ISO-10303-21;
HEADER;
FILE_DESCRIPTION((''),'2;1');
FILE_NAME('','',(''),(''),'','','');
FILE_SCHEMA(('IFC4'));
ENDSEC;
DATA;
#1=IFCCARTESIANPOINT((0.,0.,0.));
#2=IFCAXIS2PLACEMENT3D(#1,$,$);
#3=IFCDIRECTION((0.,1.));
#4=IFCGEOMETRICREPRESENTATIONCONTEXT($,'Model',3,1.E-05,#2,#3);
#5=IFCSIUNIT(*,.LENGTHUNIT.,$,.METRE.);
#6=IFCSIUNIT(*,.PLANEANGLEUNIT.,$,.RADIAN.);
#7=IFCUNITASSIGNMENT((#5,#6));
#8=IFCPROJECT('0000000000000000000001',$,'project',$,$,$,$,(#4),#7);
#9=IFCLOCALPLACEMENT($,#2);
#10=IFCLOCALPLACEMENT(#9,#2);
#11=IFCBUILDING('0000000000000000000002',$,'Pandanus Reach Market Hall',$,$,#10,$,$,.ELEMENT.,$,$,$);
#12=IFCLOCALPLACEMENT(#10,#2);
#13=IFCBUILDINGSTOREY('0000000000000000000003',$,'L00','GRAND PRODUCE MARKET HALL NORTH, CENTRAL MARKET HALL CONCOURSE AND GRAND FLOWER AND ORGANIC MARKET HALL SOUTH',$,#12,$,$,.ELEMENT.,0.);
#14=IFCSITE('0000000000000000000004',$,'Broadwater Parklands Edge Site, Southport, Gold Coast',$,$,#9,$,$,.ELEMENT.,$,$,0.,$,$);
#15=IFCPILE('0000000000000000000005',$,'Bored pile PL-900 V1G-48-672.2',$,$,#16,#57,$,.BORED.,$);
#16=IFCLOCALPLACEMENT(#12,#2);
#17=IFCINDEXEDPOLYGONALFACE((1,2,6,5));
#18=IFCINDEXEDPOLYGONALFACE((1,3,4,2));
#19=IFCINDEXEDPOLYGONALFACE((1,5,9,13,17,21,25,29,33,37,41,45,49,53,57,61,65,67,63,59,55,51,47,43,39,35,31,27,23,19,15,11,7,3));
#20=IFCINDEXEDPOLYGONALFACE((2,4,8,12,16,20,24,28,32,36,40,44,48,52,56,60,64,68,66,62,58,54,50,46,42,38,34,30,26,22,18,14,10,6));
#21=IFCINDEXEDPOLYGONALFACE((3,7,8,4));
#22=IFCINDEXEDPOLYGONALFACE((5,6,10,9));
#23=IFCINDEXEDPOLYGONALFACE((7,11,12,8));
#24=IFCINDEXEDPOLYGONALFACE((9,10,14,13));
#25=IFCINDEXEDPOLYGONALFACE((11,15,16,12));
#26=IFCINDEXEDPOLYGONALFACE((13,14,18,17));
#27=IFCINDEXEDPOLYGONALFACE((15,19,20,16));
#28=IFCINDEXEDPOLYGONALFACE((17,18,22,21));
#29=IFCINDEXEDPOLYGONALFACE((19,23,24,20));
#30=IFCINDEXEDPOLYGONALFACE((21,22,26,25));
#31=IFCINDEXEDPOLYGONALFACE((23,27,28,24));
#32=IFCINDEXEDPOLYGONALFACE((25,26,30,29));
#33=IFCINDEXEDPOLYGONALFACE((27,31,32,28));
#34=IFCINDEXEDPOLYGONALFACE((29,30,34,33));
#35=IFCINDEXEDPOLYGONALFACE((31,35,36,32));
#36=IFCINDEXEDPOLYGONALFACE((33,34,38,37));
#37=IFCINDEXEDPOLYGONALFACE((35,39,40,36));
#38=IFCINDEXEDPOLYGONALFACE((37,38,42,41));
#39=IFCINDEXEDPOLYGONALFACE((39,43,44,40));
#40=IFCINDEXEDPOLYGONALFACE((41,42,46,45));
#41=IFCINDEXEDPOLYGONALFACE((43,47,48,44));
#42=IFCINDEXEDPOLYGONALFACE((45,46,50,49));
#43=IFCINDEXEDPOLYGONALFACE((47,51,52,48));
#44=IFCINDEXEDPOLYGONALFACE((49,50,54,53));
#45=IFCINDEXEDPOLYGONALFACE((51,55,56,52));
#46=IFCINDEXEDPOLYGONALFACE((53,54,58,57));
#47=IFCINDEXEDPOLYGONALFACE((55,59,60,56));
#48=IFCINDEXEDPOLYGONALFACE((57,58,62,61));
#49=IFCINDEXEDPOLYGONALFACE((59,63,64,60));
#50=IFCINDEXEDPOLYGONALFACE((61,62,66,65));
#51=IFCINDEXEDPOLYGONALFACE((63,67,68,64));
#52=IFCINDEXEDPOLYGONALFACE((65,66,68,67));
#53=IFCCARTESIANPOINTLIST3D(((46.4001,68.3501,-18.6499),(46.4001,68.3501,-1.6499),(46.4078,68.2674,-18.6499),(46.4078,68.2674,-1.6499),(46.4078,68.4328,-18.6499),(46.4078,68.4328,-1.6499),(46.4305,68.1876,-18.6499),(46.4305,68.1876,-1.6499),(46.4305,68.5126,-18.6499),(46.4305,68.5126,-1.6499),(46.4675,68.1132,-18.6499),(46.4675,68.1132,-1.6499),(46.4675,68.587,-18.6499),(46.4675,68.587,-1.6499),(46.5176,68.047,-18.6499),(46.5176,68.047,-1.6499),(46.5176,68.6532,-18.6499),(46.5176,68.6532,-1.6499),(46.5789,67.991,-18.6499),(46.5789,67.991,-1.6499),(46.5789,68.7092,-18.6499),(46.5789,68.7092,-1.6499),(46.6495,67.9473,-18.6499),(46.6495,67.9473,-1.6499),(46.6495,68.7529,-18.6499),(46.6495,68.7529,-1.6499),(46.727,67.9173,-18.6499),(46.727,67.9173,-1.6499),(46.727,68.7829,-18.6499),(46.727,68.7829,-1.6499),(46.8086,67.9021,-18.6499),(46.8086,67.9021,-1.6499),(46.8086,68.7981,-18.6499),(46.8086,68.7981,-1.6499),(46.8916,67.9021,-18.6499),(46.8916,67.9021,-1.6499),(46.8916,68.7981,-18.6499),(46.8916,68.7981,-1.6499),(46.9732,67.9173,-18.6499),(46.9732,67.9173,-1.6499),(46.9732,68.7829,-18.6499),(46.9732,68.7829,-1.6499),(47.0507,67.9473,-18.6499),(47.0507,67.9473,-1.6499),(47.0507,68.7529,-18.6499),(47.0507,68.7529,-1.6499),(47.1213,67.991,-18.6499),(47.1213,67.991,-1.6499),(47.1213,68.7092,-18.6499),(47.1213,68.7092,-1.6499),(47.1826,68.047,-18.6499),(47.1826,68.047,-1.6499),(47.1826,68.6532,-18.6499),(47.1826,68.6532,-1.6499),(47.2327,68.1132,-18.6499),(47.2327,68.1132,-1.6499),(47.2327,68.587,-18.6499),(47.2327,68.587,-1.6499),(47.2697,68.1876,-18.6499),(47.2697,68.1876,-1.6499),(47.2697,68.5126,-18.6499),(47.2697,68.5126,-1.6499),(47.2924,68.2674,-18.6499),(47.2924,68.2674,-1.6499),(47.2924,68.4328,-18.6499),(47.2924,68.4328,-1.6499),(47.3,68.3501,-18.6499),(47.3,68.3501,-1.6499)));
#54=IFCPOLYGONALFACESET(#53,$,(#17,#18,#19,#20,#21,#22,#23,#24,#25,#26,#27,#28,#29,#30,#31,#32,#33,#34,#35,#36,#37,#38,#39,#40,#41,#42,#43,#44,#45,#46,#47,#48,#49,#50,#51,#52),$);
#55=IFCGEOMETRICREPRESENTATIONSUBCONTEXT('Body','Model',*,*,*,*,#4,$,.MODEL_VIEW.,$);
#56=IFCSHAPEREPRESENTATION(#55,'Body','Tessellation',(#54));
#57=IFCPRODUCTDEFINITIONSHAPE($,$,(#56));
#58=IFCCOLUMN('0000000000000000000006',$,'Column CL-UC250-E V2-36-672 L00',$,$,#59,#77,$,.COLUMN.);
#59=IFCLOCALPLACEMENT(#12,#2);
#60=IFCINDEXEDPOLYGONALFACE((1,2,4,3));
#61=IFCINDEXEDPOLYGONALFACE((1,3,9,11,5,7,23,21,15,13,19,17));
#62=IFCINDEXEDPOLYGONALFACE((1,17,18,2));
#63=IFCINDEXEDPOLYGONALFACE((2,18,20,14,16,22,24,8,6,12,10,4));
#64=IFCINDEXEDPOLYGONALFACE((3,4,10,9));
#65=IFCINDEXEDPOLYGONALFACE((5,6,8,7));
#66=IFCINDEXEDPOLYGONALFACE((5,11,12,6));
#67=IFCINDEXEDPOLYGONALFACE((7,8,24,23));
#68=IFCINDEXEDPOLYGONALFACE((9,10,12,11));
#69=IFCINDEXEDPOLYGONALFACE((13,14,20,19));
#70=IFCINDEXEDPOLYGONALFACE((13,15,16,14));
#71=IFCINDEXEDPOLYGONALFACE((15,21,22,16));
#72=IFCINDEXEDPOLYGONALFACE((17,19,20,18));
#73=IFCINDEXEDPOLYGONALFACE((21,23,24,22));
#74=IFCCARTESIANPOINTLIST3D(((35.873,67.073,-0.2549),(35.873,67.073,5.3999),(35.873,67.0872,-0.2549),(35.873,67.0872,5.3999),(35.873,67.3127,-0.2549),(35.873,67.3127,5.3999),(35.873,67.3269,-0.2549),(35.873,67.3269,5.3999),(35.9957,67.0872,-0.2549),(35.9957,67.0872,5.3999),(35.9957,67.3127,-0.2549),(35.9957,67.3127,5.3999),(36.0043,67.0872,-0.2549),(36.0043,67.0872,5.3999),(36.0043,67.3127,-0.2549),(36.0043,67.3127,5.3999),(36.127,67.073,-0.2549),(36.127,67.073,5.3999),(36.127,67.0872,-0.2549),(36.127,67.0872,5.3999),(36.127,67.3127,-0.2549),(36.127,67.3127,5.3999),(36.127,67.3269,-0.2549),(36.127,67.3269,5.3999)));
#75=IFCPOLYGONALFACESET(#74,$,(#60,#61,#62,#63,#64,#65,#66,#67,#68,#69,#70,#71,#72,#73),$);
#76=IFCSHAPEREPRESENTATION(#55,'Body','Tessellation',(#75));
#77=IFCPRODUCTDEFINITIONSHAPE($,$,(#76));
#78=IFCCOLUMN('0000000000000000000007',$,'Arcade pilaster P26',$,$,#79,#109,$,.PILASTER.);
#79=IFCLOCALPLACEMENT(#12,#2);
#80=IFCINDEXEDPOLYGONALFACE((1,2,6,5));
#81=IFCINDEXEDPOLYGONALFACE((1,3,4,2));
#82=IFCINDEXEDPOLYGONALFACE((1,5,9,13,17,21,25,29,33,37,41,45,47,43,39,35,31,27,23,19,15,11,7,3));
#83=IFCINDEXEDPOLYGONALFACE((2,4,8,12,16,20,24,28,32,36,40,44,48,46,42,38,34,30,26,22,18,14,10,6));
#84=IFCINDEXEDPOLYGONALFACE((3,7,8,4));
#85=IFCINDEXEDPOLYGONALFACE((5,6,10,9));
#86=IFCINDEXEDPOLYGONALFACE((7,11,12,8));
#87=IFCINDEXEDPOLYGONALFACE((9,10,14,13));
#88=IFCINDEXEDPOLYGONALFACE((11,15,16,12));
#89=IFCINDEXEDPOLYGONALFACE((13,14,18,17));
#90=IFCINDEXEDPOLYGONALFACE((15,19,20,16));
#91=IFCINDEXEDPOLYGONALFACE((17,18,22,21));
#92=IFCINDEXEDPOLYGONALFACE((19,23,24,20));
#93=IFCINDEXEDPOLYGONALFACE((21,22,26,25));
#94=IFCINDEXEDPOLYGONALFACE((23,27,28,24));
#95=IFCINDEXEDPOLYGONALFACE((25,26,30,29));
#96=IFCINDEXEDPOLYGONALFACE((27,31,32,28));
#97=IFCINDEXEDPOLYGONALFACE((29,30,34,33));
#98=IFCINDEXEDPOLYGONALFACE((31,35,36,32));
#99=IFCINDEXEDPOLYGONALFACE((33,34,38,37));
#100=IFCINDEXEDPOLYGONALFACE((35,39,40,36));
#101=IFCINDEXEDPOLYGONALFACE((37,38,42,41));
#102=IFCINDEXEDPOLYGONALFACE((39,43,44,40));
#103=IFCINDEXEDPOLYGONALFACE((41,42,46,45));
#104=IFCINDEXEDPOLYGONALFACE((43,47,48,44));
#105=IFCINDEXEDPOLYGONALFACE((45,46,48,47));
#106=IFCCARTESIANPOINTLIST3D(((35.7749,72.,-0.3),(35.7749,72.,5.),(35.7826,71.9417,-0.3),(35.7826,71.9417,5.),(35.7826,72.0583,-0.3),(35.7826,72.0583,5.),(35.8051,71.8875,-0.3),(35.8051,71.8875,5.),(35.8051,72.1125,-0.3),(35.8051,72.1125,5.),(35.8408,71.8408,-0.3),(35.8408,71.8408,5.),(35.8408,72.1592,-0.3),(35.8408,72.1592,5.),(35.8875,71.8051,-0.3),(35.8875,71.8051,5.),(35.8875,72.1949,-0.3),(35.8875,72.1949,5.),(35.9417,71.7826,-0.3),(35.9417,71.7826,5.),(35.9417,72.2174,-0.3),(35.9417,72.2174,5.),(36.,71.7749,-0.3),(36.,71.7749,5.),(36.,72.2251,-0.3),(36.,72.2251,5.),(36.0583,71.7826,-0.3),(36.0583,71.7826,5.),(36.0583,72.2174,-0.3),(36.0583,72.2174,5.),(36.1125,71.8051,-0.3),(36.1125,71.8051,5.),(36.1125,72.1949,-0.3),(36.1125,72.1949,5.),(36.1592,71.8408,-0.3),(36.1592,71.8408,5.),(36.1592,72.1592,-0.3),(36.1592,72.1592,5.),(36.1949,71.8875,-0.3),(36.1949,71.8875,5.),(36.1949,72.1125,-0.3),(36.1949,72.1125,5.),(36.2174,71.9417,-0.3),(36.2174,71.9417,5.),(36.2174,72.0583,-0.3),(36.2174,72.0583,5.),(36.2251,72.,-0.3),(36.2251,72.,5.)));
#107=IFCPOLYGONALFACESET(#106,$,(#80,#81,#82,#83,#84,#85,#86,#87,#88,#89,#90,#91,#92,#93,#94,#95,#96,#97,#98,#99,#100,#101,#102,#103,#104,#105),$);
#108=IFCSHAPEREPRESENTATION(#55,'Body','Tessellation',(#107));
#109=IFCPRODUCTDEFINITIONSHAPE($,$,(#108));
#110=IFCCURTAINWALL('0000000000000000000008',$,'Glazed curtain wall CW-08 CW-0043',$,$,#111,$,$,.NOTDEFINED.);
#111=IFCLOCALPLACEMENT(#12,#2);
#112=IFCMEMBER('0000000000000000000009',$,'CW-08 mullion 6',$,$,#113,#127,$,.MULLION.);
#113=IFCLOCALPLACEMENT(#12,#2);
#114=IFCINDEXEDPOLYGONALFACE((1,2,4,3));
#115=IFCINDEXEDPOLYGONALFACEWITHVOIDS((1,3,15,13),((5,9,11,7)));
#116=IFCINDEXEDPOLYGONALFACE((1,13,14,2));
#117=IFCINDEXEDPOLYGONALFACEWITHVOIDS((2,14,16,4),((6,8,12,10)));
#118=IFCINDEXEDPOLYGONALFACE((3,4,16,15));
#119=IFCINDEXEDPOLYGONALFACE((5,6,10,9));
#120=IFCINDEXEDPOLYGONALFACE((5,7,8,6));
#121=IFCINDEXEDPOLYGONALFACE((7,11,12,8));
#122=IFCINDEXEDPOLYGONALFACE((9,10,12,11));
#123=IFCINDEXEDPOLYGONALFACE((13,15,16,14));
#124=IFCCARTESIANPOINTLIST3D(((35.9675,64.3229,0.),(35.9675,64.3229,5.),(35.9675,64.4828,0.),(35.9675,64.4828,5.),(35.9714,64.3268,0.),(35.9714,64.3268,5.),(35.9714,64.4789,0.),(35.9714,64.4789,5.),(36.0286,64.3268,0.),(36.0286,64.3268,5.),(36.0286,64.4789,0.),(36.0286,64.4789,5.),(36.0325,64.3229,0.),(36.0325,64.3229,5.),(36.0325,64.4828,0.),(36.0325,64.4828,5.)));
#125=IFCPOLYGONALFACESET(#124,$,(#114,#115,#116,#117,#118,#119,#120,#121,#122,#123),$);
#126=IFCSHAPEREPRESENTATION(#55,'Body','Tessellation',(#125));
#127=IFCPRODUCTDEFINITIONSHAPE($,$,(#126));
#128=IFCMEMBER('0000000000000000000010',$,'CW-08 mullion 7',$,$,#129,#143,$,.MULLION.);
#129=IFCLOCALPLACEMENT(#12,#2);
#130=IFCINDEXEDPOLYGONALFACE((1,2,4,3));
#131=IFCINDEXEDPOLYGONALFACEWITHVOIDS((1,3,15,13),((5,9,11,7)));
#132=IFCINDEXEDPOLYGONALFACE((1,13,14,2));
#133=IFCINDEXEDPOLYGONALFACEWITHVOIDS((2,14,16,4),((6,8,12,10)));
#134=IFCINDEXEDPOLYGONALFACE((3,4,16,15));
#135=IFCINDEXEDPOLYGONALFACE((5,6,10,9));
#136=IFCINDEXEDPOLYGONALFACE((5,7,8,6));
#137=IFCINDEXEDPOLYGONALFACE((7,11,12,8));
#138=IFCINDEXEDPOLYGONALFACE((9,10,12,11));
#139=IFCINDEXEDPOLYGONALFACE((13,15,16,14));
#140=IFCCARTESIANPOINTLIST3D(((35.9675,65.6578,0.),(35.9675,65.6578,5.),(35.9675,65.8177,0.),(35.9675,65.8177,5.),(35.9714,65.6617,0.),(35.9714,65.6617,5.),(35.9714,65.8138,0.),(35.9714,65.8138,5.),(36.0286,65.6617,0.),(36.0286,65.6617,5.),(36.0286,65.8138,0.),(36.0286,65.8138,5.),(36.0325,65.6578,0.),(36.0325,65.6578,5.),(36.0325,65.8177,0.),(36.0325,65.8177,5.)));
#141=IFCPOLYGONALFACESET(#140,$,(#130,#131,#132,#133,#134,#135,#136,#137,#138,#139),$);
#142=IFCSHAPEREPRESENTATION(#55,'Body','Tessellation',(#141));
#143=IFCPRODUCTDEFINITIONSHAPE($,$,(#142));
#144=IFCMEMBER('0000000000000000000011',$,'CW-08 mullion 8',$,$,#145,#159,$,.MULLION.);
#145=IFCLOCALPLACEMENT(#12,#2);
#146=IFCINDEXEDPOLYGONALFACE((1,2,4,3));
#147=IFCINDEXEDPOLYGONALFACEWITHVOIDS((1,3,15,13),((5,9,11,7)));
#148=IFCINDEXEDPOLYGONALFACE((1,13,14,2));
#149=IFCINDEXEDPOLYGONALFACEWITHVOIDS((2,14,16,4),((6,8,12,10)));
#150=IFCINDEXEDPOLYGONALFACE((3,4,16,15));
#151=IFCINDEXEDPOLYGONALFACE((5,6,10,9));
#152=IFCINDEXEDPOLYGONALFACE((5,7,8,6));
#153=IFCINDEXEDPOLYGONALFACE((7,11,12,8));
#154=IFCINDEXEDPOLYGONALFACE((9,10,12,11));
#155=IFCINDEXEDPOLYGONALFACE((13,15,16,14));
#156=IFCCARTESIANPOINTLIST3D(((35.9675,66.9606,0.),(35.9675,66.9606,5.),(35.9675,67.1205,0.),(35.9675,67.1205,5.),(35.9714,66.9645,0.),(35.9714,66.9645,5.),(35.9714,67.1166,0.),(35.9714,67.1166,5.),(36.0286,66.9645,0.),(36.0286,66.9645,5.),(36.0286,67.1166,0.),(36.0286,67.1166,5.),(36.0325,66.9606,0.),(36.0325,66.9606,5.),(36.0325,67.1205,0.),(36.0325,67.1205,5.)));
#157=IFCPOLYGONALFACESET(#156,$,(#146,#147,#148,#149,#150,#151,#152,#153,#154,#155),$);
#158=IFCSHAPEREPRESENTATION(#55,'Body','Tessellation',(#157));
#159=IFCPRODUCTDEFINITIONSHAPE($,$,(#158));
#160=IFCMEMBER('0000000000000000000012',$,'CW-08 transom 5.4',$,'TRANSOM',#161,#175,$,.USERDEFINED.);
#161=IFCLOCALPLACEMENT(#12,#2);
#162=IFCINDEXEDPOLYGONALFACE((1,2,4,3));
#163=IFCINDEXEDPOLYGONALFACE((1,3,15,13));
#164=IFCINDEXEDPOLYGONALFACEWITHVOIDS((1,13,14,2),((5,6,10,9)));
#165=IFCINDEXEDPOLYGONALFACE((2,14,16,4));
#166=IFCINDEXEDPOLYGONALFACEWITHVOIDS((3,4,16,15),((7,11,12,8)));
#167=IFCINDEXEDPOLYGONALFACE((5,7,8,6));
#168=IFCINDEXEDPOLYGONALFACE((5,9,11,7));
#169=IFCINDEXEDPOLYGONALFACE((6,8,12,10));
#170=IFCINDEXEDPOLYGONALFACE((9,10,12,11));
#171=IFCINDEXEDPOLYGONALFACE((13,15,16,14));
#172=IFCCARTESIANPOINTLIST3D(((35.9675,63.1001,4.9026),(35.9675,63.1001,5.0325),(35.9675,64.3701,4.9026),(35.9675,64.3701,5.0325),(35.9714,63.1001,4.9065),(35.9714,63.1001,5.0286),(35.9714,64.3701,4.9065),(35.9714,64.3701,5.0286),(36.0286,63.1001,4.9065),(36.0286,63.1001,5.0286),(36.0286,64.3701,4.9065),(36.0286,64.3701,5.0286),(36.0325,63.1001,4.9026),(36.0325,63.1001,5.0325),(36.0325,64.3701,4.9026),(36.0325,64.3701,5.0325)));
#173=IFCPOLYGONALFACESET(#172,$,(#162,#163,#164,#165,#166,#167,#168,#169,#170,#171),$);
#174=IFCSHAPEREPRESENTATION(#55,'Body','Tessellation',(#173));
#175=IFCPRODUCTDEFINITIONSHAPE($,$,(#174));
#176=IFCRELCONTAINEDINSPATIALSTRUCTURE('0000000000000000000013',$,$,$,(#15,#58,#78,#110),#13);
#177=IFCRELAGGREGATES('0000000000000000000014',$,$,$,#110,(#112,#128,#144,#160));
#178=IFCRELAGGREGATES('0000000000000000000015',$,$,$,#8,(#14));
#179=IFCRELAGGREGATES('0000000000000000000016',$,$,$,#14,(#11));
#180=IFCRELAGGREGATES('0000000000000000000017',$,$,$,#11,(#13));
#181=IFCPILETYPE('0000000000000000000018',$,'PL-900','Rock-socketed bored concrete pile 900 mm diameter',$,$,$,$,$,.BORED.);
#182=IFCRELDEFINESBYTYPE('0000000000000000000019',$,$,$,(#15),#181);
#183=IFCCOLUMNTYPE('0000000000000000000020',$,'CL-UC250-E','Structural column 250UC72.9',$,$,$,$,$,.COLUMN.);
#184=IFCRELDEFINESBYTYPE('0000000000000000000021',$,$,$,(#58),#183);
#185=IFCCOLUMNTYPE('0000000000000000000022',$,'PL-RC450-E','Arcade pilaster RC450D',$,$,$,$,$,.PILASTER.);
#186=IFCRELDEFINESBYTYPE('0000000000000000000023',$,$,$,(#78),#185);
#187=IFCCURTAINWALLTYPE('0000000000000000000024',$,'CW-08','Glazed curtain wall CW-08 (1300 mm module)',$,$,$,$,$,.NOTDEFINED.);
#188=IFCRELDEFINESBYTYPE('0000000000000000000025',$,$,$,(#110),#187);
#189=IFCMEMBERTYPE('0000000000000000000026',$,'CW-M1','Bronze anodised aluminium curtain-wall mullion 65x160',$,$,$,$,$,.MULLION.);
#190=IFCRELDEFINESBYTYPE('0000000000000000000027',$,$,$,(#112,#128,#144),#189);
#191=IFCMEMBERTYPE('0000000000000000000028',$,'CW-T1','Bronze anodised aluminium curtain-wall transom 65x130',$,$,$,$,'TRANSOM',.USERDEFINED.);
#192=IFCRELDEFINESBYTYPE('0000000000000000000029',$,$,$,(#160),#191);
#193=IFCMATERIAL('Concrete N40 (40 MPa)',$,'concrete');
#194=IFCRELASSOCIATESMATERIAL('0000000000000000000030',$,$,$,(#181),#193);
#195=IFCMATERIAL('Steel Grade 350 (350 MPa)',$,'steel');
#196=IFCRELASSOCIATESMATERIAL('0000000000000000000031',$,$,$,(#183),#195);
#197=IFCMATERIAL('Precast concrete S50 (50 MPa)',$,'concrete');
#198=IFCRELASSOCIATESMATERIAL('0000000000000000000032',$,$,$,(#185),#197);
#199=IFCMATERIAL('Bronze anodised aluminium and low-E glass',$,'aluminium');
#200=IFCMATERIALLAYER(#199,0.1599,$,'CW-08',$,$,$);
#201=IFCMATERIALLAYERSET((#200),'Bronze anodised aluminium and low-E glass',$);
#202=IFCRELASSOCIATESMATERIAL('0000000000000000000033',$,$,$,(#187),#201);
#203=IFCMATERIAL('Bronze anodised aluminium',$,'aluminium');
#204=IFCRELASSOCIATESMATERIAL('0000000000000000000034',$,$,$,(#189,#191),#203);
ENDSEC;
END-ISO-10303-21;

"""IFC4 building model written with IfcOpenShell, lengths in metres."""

from ifc_helpers import new_model, si_unit, direction, frame, origin, origin_2d, place, context, subcontext, project, spatial, hollow_rectangle, circle, i_section, extrude, material, layer, layer_set, material_profile, profile_set, type_object, element, aggregate, save


model = new_model("IFC4")

# Units and contexts
model_context = context("Model", 3, precision=1e-05, world=origin(), true_north=direction((0.0, 1.0)))
body_context = subcontext(model_context, "Body", "Model", "MODEL_VIEW")
ifc_project = project(units=[si_unit("LENGTHUNIT", "METRE"), si_unit("PLANEANGLEUNIT", "RADIAN")], contexts=[model_context])

# Site, building, storey
site_placement = place(None, origin())
site = spatial("IfcSite", under=ifc_project, at=site_placement, Name="Broadwater Parklands Edge Site, Southport, Gold Coast", CompositionType="ELEMENT", RefElevation=0.0)
building_placement = place(site_placement, origin())
building = spatial("IfcBuilding", under=site, at=building_placement, Name="Pandanus Reach Market Hall", CompositionType="ELEMENT")
storey_placement = place(building_placement, origin())
storey = spatial("IfcBuildingStorey", under=building, at=storey_placement, Name="L00", Description="GRAND PRODUCE MARKET HALL NORTH, CENTRAL MARKET HALL CONCOURSE AND GRAND FLOWER AND ORGANIC MARKET HALL SOUTH", CompositionType="ELEMENT", Elevation=0.0)

# Shared definitions
ifc_material_1 = material(Name="Concrete N40 (40 MPa)", Category="concrete")

# Pile
ifc_material_profile_1 = material_profile(ifc_material_1, circle(Radius=0.45, at=origin_2d()), Name="PILE-900D", Category="LoadBearing")
ifc_profile_set_1 = profile_set([ifc_material_profile_1], Name="Concrete N40 (40 MPa)")
pile_type_1 = type_object("IfcPileType", Name="PL-900", Description="Rock-socketed bored concrete pile 900 mm diameter", PredefinedType="BORED", material=ifc_profile_set_1)
for number, where, z_axis, x_axis, name in (
    (1, (46.8501, 68.3501, -1.6499), (0.0, 0.0, -1.0), (1.0, 0.0, 0.0), "Bored pile PL-900 V1G-48-672.2"),
):
    element("IfcPile", number, at=place(storey_placement, frame(where, z_axis=z_axis, x_axis=x_axis)), inside=storey, type_object=pile_type_1, Name=name, PredefinedType="BORED", context=body_context, shape_type="SweptSolid", body=[
        extrude(circle(Radius=0.45, at=origin_2d()), origin(), (0.0, 0.0, 1.0), 17.0),
    ])

# Columns
ifc_material_2 = material(Name="Steel Grade 350 (350 MPa)", Category="steel")
ifc_material_profile_2 = material_profile(ifc_material_2, i_section(OverallWidth=0.2539, OverallDepth=0.2539, WebThickness=0.0085, FlangeThickness=0.0142, at=origin_2d()), Name="250UC72.9", Category="LoadBearing")
ifc_profile_set_2 = profile_set([ifc_material_profile_2], Name="Steel Grade 350 (350 MPa)")
column_type_1 = type_object("IfcColumnType", Name="CL-UC250-E", Description="Structural column 250UC72.9", PredefinedType="COLUMN", material=ifc_profile_set_2)
column_1_placement = place(storey_placement, frame((36.0, 67.2, -0.2549), z_axis=(0.0, 0.0, 1.0), x_axis=(1.0, 0.0, 0.0)))
element("IfcColumn", 2, at=column_1_placement, inside=storey, type_object=column_type_1, Name="Column CL-UC250-E V2-36-672 L00", PredefinedType="COLUMN", context=body_context, shape_type="SweptSolid", body=[
    extrude(i_section(OverallWidth=0.2539, OverallDepth=0.2539, WebThickness=0.0085, FlangeThickness=0.0142, at=origin_2d()), origin(), (0.0, 0.0, 1.0), 5.6548),
])
ifc_material_3 = material(Name="Precast concrete S50 (50 MPa)", Category="concrete")
ifc_material_profile_3 = material_profile(ifc_material_3, circle(Radius=0.2251, at=origin_2d()), Name="RC450D", Category="LoadBearing")
ifc_profile_set_3 = profile_set([ifc_material_profile_3], Name="Precast concrete S50 (50 MPa)")
column_type_2 = type_object("IfcColumnType", Name="PL-RC450-E", Description="Arcade pilaster RC450D", PredefinedType="PILASTER", material=ifc_profile_set_3)
column_2_placement = place(storey_placement, frame((36.0, 72.0, -0.3), z_axis=(0.0, 0.0, 1.0), x_axis=(1.0, 0.0, 0.0)))
element("IfcColumn", 3, at=column_2_placement, inside=storey, type_object=column_type_2, Name="Arcade pilaster P26", PredefinedType="PILASTER", context=body_context, shape_type="SweptSolid", body=[
    extrude(circle(Radius=0.2251, at=origin_2d()), origin(), (0.0, 0.0, 1.0), 5.3),
])

# Curtain wall, members
ifc_material_4 = material(Name="Bronze anodised aluminium and low-E glass", Category="aluminium")
ifc_layer_1 = layer(ifc_material_4, 0.1599, Name="CW-08")
ifc_layer_set_1 = layer_set([ifc_layer_1], Name="Bronze anodised aluminium and low-E glass")
curtain_wall_type = type_object("IfcCurtainWallType", Name="CW-08", Description="Glazed curtain wall CW-08 (1300 mm module)", PredefinedType="NOTDEFINED", material=ifc_layer_set_1)
curtain_wall_placement = place(storey_placement, origin())
curtain_wall = element("IfcCurtainWall", 4, at=curtain_wall_placement, inside=storey, type_object=curtain_wall_type, Name="Glazed curtain wall CW-08 CW-0043", PredefinedType="NOTDEFINED")
ifc_material_5 = material(Name="Bronze anodised aluminium", Category="aluminium")
ifc_material_profile_4 = material_profile(ifc_material_5, hollow_rectangle(XDim=0.0649, YDim=0.1599, WallThickness=0.0039, at=origin_2d()), Name="ALU65x160", Category="LoadBearing")
ifc_profile_set_4 = profile_set([ifc_material_profile_4], Name="Bronze anodised aluminium")
member_type_1 = type_object("IfcMemberType", Name="CW-M1", Description="Bronze anodised aluminium curtain-wall mullion 65x160", PredefinedType="MULLION", material=ifc_profile_set_4)
member_1_placement = place(storey_placement, frame((36.0, 64.4028, 0.0), z_axis=(0.0, 0.0, 1.0), x_axis=(-1.0, 0.0, 0.0)))
member_1 = element("IfcMember", 5, at=member_1_placement, type_object=member_type_1, Name="CW-08 mullion 6", PredefinedType="MULLION", context=body_context, shape_type="SweptSolid", body=[
    extrude(hollow_rectangle(XDim=0.0649, YDim=0.1599, WallThickness=0.0039, at=origin_2d()), origin(), (0.0, 0.0, 1.0), 5.0),
])
member_2_placement = place(storey_placement, frame((36.0, 65.7378, 0.0), z_axis=(0.0, 0.0, 1.0), x_axis=(-1.0, 0.0, 0.0)))
member_2 = element("IfcMember", 6, at=member_2_placement, type_object=member_type_1, Name="CW-08 mullion 7", PredefinedType="MULLION", context=body_context, shape_type="SweptSolid", body=[
    extrude(hollow_rectangle(XDim=0.0649, YDim=0.1599, WallThickness=0.0039, at=origin_2d()), origin(), (0.0, 0.0, 1.0), 5.0),
])
member_3_placement = place(storey_placement, frame((36.0, 67.0405, 0.0), z_axis=(0.0, 0.0, 1.0), x_axis=(-1.0, 0.0, 0.0)))
member_3 = element("IfcMember", 7, at=member_3_placement, type_object=member_type_1, Name="CW-08 mullion 8", PredefinedType="MULLION", context=body_context, shape_type="SweptSolid", body=[
    extrude(hollow_rectangle(XDim=0.0649, YDim=0.1599, WallThickness=0.0039, at=origin_2d()), origin(), (0.0, 0.0, 1.0), 5.0),
])
ifc_material_profile_5 = material_profile(ifc_material_5, hollow_rectangle(XDim=0.0649, YDim=0.1299, WallThickness=0.0039, at=origin_2d()), Name="ALU65x130", Category="LoadBearing")
ifc_profile_set_5 = profile_set([ifc_material_profile_5], Name="Bronze anodised aluminium")
member_type_2 = type_object("IfcMemberType", Name="CW-T1", Description="Bronze anodised aluminium curtain-wall transom 65x130", ElementType="TRANSOM", PredefinedType="USERDEFINED", material=ifc_profile_set_5)
member_4_placement = place(storey_placement, frame((36.0, 63.1001, 4.9675), z_axis=(0.0, 1.0, 0.0), x_axis=(-1.0, 0.0, 0.0)))
member_4 = element("IfcMember", 8, at=member_4_placement, type_object=member_type_2, Name="CW-08 transom 5.4", ObjectType="TRANSOM", PredefinedType="USERDEFINED", context=body_context, shape_type="SweptSolid", body=[
    extrude(hollow_rectangle(XDim=0.0649, YDim=0.1299, WallThickness=0.0039, at=origin_2d()), origin(), (0.0, 0.0, 1.0), 1.27),
])

aggregate(curtain_wall, [member_1, member_2, member_3, member_4])

save(model, "model.ifc")
